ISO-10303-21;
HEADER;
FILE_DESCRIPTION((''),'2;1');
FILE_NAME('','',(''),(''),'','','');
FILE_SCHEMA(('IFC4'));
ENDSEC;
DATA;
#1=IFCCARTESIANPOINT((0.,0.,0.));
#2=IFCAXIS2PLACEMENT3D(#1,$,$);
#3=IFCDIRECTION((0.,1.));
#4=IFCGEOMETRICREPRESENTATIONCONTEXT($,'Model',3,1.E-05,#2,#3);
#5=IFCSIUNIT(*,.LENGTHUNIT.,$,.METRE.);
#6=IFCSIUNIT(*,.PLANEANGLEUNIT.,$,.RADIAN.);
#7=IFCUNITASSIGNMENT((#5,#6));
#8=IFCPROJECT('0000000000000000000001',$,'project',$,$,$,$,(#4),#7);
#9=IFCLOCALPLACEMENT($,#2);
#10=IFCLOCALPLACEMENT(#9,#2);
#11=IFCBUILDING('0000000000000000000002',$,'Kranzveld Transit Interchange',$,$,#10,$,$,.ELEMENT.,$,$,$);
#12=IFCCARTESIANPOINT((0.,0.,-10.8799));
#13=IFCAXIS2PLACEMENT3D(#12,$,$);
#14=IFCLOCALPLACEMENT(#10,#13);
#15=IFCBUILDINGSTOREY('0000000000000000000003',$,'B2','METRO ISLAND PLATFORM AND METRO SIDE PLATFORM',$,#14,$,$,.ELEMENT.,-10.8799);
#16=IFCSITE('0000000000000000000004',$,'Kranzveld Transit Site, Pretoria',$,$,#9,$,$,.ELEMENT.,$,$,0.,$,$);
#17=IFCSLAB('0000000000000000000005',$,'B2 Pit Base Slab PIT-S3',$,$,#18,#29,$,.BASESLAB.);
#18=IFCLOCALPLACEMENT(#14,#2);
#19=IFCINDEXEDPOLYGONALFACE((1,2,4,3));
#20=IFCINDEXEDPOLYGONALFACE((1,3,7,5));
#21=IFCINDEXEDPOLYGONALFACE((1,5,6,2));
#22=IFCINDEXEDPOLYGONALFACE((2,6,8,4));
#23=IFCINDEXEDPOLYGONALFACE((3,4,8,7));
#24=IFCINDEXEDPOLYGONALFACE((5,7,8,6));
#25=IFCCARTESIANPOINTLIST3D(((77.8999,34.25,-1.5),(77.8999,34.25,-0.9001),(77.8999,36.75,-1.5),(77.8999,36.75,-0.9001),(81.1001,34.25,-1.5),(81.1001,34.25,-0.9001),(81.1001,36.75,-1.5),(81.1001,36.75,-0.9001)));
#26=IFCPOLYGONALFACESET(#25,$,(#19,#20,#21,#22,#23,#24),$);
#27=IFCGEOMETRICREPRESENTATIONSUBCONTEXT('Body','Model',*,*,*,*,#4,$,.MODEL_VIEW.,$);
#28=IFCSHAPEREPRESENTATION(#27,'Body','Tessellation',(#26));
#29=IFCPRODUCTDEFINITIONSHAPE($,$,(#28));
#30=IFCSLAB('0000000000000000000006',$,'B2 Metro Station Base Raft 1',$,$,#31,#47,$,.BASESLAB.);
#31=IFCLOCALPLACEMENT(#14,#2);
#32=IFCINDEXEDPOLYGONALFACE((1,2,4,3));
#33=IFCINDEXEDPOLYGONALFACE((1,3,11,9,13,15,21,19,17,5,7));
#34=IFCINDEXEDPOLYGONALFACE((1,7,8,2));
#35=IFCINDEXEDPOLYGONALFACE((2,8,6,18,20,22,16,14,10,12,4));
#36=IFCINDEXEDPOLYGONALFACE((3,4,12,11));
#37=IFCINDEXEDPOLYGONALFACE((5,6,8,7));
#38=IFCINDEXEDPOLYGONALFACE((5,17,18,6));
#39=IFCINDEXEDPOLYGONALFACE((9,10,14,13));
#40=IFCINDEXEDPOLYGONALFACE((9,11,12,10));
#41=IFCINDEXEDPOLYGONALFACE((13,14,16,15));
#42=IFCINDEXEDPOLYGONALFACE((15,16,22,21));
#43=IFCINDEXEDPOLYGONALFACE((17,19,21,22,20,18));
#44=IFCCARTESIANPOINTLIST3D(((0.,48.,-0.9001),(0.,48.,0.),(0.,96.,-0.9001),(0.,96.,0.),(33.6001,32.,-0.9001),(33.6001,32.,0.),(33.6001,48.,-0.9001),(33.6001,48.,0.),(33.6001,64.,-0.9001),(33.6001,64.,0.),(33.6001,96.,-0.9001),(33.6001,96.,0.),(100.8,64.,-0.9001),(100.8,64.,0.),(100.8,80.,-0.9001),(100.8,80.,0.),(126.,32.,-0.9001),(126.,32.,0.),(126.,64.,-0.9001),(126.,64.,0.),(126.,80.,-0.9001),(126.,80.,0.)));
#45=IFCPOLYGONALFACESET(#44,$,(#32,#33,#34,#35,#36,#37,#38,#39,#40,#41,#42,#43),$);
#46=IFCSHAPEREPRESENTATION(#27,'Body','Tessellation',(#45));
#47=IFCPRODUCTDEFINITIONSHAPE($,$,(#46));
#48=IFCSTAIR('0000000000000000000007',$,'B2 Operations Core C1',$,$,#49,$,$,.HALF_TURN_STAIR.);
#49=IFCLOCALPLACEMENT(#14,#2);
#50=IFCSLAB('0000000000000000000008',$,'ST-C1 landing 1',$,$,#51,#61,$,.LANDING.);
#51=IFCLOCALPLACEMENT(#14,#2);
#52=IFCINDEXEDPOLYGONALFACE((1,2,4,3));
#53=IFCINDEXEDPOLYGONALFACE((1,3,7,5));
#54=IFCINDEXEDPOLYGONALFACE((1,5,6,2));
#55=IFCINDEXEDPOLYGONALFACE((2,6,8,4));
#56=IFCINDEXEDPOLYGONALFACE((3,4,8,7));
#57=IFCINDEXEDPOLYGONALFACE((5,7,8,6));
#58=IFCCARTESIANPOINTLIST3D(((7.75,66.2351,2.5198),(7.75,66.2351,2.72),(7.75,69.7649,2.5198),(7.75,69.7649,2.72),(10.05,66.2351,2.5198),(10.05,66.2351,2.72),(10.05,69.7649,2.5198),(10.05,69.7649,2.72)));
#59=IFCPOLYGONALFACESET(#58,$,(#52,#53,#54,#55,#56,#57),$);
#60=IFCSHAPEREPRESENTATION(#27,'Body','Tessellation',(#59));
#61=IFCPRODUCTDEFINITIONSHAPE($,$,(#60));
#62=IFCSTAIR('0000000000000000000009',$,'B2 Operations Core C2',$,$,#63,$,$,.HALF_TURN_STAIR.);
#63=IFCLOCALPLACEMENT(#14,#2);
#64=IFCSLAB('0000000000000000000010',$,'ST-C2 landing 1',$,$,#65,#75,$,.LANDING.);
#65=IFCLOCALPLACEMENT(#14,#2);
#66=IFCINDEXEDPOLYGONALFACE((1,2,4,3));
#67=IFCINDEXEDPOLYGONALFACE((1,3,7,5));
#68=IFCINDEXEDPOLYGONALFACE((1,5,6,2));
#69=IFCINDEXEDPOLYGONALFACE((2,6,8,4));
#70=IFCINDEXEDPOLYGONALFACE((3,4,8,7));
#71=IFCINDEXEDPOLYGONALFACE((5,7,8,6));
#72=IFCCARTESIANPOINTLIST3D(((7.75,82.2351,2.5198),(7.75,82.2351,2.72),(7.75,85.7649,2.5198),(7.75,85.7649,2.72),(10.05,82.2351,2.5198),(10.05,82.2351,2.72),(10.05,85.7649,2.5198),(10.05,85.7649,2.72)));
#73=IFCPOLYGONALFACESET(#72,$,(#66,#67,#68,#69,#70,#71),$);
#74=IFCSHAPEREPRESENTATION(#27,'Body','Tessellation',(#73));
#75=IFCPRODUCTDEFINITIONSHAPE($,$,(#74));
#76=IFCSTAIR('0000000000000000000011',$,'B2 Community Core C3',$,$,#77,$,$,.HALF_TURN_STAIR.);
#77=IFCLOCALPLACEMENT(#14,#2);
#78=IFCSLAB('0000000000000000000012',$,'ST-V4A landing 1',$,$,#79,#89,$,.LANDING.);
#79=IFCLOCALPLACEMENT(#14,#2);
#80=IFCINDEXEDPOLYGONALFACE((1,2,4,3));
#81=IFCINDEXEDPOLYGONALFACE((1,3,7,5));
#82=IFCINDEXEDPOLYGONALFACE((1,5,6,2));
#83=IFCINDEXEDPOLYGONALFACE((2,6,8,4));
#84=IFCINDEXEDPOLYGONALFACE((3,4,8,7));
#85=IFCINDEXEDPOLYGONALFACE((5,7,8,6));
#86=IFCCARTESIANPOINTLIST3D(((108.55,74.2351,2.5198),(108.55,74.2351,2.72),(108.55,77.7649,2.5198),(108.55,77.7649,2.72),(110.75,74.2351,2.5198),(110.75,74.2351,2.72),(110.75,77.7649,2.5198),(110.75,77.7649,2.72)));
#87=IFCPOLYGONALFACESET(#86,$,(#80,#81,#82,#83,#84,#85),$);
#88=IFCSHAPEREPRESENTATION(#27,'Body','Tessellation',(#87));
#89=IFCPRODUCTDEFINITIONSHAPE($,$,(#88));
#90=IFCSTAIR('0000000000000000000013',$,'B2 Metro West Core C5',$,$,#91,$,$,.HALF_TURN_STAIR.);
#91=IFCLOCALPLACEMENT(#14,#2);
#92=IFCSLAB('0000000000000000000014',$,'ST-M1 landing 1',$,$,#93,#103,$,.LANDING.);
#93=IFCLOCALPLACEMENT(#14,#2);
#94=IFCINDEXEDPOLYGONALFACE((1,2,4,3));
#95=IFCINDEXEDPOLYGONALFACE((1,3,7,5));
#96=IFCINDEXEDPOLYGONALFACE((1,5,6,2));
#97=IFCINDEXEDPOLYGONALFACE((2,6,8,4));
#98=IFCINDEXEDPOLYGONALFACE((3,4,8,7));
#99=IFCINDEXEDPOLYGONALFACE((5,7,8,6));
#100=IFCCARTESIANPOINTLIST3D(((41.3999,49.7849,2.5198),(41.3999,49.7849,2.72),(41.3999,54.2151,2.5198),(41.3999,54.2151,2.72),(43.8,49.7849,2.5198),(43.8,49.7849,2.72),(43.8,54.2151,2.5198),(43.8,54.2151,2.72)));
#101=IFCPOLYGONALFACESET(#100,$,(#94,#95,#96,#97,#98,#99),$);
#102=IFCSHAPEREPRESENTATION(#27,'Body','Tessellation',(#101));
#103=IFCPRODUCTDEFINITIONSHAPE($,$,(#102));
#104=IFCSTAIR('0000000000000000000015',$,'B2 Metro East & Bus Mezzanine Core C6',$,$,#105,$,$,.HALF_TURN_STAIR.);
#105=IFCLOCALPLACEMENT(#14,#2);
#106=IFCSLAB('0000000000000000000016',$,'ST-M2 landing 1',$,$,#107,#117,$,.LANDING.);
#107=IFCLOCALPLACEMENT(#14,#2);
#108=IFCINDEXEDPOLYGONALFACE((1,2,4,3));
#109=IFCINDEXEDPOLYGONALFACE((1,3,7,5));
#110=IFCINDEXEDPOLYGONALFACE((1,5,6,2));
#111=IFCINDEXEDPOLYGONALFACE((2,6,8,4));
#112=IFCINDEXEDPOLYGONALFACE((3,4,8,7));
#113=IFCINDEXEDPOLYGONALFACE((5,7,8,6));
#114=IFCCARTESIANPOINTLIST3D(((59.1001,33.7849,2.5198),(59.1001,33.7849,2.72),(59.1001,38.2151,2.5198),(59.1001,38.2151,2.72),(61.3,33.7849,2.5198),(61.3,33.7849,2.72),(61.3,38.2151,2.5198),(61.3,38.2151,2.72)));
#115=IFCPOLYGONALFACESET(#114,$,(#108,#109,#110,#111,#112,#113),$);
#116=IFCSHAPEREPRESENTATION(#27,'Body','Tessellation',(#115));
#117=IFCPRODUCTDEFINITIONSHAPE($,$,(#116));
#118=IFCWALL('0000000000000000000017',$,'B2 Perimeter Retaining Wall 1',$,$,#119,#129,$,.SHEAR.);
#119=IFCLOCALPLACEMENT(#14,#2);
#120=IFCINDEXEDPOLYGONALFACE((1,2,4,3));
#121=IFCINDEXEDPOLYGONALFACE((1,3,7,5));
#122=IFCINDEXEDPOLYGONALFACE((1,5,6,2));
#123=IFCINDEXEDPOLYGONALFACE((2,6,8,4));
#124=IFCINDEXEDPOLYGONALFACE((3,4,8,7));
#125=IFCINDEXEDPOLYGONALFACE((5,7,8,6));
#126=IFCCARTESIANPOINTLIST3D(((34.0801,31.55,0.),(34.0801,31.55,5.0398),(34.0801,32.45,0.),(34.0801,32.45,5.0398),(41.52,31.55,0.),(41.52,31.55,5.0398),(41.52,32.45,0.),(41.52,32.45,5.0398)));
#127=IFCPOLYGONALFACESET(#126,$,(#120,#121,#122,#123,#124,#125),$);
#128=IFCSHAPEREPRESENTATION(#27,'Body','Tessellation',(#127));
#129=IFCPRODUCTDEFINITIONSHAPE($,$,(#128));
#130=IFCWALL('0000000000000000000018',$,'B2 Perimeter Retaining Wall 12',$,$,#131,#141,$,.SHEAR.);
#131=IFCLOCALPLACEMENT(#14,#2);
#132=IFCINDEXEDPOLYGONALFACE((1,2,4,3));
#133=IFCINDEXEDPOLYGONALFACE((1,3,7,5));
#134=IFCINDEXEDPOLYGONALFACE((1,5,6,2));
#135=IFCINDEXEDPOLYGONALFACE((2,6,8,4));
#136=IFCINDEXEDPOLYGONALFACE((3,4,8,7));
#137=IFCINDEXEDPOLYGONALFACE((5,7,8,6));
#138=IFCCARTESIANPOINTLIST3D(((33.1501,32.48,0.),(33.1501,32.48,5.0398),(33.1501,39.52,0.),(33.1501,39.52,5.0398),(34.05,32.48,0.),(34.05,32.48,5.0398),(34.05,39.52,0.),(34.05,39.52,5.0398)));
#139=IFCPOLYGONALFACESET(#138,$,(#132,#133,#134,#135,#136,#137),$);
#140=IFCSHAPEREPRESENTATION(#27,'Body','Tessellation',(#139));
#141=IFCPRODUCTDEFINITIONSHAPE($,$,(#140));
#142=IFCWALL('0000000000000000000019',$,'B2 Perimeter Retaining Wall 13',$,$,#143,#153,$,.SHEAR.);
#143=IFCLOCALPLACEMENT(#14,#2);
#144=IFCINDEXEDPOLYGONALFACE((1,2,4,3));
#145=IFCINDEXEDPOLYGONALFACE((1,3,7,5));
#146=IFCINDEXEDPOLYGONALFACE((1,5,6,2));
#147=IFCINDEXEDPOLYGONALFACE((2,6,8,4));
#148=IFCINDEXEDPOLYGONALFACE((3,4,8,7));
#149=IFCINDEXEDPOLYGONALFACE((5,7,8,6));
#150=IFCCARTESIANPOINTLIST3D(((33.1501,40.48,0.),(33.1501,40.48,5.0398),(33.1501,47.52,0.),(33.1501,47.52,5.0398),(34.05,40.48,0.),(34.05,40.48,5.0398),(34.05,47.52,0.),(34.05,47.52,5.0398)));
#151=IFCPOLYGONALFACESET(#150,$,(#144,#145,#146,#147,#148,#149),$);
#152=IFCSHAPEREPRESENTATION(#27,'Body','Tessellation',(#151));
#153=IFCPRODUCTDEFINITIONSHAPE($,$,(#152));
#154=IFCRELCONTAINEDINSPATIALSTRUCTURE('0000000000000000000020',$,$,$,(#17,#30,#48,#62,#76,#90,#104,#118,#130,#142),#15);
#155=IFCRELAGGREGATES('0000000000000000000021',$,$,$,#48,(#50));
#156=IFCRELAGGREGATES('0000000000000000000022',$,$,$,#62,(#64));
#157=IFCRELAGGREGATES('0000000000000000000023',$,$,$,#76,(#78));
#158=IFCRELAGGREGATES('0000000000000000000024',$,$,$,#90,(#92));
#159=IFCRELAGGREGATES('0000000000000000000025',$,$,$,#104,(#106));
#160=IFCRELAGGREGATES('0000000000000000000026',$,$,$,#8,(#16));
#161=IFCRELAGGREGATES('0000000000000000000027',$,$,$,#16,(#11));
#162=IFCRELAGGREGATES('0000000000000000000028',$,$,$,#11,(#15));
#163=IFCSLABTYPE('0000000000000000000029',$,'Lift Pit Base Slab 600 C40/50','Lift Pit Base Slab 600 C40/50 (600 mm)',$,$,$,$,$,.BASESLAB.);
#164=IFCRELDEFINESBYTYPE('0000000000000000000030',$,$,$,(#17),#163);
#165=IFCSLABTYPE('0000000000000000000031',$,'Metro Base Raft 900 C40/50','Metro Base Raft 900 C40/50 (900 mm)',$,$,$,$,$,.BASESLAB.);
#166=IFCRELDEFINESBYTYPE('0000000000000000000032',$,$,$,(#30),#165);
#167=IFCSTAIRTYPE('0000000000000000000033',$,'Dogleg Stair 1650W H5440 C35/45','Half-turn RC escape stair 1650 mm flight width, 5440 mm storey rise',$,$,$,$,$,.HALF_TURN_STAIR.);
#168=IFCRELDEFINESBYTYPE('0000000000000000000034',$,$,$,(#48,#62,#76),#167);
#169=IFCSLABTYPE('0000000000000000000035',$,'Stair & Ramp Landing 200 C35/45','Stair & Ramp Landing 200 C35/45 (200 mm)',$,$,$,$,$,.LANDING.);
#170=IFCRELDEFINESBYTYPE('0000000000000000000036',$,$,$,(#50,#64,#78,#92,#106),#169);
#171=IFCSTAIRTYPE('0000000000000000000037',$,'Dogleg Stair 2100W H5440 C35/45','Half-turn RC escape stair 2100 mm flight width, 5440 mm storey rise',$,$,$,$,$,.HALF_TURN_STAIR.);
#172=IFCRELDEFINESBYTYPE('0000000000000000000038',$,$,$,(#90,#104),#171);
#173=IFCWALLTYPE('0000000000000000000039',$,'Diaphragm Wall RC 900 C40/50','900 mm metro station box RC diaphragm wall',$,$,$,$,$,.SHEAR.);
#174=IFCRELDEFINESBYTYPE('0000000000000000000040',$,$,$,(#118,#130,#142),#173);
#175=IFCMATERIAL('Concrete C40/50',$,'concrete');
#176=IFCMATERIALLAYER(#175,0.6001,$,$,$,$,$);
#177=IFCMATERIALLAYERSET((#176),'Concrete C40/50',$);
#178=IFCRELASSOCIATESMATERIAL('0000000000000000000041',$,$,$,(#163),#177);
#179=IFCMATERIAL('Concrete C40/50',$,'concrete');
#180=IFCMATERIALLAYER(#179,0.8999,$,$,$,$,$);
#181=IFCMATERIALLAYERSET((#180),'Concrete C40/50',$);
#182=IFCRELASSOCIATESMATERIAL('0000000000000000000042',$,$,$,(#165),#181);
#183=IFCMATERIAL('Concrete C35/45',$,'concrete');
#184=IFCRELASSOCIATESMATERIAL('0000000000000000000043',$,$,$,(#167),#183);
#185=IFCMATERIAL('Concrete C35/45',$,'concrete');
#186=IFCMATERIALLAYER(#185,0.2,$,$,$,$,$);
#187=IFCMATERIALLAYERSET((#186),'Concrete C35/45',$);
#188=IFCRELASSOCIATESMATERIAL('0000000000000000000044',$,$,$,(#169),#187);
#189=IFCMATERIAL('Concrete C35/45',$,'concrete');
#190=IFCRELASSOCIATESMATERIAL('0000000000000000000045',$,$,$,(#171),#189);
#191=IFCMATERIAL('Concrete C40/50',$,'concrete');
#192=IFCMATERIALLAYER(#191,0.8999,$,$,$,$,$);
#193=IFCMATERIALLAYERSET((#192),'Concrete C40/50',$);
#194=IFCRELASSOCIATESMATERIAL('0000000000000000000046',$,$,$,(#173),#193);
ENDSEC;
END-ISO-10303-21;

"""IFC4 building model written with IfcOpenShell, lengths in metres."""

from ifc_helpers import new_model, si_unit, direction, frame, frame_2d, origin, place, context, subcontext, project, spatial, polyline, rectangle, outline, extrude, material, layer, layer_set, type_object, element, aggregate, save


model = new_model("IFC4")

# Units and contexts
model_context = context("Model", 3, precision=1e-05, world=origin(), true_north=direction((0.0, 1.0)))
body_context = subcontext(model_context, "Body", "Model", "MODEL_VIEW")
ifc_project = project(units=[si_unit("LENGTHUNIT", "METRE"), si_unit("PLANEANGLEUNIT", "RADIAN")], contexts=[model_context])

# Site, building, storey
site_placement = place(None, origin())
site = spatial("IfcSite", under=ifc_project, at=site_placement, Name="Kranzveld Transit Site, Pretoria", CompositionType="ELEMENT", RefElevation=0.0)
building_placement = place(site_placement, origin())
building = spatial("IfcBuilding", under=site, at=building_placement, Name="Kranzveld Transit Interchange", CompositionType="ELEMENT")
storey_placement = place(building_placement, frame((0.0, 0.0, -10.8799)))
storey = spatial("IfcBuildingStorey", under=building, at=storey_placement, Name="B2", Description="METRO ISLAND PLATFORM AND METRO SIDE PLATFORM", CompositionType="ELEMENT", Elevation=-10.8799)

# Slabs
ifc_material_1 = material(Name="Concrete C40/50", Category="concrete")
ifc_layer_1 = layer(ifc_material_1, 0.6001)
ifc_layer_set_1 = layer_set([ifc_layer_1], Name="Concrete C40/50")
slab_type_1 = type_object("IfcSlabType", Name="Lift Pit Base Slab 600 C40/50", Description="Lift Pit Base Slab 600 C40/50 (600 mm)", PredefinedType="BASESLAB", material=ifc_layer_set_1)
slab_1_placement = place(storey_placement, frame((0.0, 0.0, -1.5)))
element("IfcSlab", 1, at=slab_1_placement, inside=storey, type_object=slab_type_1, Name="B2 Pit Base Slab PIT-S3", PredefinedType="BASESLAB", context=body_context, shape_type="SweptSolid", body=[
    extrude(outline(polyline([(77.8999, 34.25), (81.1001, 34.25), (81.1001, 36.75), (77.8999, 36.75), (77.8999, 34.25)])), origin(), (0.0, 0.0, 1.0), 0.5999),
])
ifc_material_2 = material(Name="Concrete C40/50", Category="concrete")
ifc_layer_2 = layer(ifc_material_2, 0.8999)
ifc_layer_set_2 = layer_set([ifc_layer_2], Name="Concrete C40/50")
slab_type_2 = type_object("IfcSlabType", Name="Metro Base Raft 900 C40/50", Description="Metro Base Raft 900 C40/50 (900 mm)", PredefinedType="BASESLAB", material=ifc_layer_set_2)
slab_2_placement = place(storey_placement, frame((0.0, 0.0, -0.9001)))
element("IfcSlab", 2, at=slab_2_placement, inside=storey, type_object=slab_type_2, Name="B2 Metro Station Base Raft 1", PredefinedType="BASESLAB", context=body_context, shape_type="SweptSolid", body=[
    extrude(outline(polyline([(126.0, 32.0), (33.6001, 32.0), (33.6001, 48.0), (0.0, 48.0), (0.0, 96.0), (33.6001, 96.0), (33.6001, 64.0), (100.8, 64.0), (100.8, 80.0), (126.0, 80.0), (126.0, 64.0), (126.0, 32.0)])), origin(), (0.0, 0.0, 1.0), 0.9001),
])

# Stairs, slabs
ifc_material_3 = material(Name="Concrete C35/45", Category="concrete")
stair_type_1 = type_object("IfcStairType", Name="Dogleg Stair 1650W H5440 C35/45", Description="Half-turn RC escape stair 1650 mm flight width, 5440 mm storey rise", PredefinedType="HALF_TURN_STAIR", material=ifc_material_3)
stair_1_placement = place(storey_placement, origin())
stair_1 = element("IfcStair", 3, at=stair_1_placement, inside=storey, type_object=stair_type_1, Name="B2 Operations Core C1", PredefinedType="HALF_TURN_STAIR")
ifc_material_4 = material(Name="Concrete C35/45", Category="concrete")
ifc_layer_3 = layer(ifc_material_4, 0.2)
ifc_layer_set_3 = layer_set([ifc_layer_3], Name="Concrete C35/45")
slab_type_3 = type_object("IfcSlabType", Name="Stair & Ramp Landing 200 C35/45", Description="Stair & Ramp Landing 200 C35/45 (200 mm)", PredefinedType="LANDING", material=ifc_layer_set_3)
slab_3_placement = place(storey_placement, frame((0.0, 0.0, 2.5198)))
slab_3 = element("IfcSlab", 4, at=slab_3_placement, type_object=slab_type_3, Name="ST-C1 landing 1", PredefinedType="LANDING", context=body_context, shape_type="SweptSolid", body=[
    extrude(outline(polyline([(7.75, 66.2351), (10.05, 66.2351), (10.05, 69.7649), (7.75, 69.7649), (7.75, 66.2351)])), origin(), (0.0, 0.0, 1.0), 0.2002),
])
aggregate(stair_1, [slab_3])
stair_2_placement = place(storey_placement, origin())
stair_2 = element("IfcStair", 5, at=stair_2_placement, inside=storey, type_object=stair_type_1, Name="B2 Operations Core C2", PredefinedType="HALF_TURN_STAIR")
slab_4_placement = place(storey_placement, frame((0.0, 0.0, 2.5198)))
slab_4 = element("IfcSlab", 6, at=slab_4_placement, type_object=slab_type_3, Name="ST-C2 landing 1", PredefinedType="LANDING", context=body_context, shape_type="SweptSolid", body=[
    extrude(outline(polyline([(7.75, 82.2351), (10.05, 82.2351), (10.05, 85.7649), (7.75, 85.7649), (7.75, 82.2351)])), origin(), (0.0, 0.0, 1.0), 0.2002),
])
aggregate(stair_2, [slab_4])
stair_3_placement = place(storey_placement, origin())
stair_3 = element("IfcStair", 7, at=stair_3_placement, inside=storey, type_object=stair_type_1, Name="B2 Community Core C3", PredefinedType="HALF_TURN_STAIR")
slab_5_placement = place(storey_placement, frame((0.0, 0.0, 2.5198)))
slab_5 = element("IfcSlab", 8, at=slab_5_placement, type_object=slab_type_3, Name="ST-V4A landing 1", PredefinedType="LANDING", context=body_context, shape_type="SweptSolid", body=[
    extrude(outline(polyline([(108.55, 74.2351), (110.75, 74.2351), (110.75, 77.7649), (108.55, 77.7649), (108.55, 74.2351)])), origin(), (0.0, 0.0, 1.0), 0.2002),
])
aggregate(stair_3, [slab_5])
ifc_material_5 = material(Name="Concrete C35/45", Category="concrete")
stair_type_2 = type_object("IfcStairType", Name="Dogleg Stair 2100W H5440 C35/45", Description="Half-turn RC escape stair 2100 mm flight width, 5440 mm storey rise", PredefinedType="HALF_TURN_STAIR", material=ifc_material_5)
stair_4_placement = place(storey_placement, origin())
stair_4 = element("IfcStair", 9, at=stair_4_placement, inside=storey, type_object=stair_type_2, Name="B2 Metro West Core C5", PredefinedType="HALF_TURN_STAIR")
slab_6_placement = place(storey_placement, frame((0.0, 0.0, 2.5198)))
slab_6 = element("IfcSlab", 10, at=slab_6_placement, type_object=slab_type_3, Name="ST-M1 landing 1", PredefinedType="LANDING", context=body_context, shape_type="SweptSolid", body=[
    extrude(outline(polyline([(41.3999, 49.7849), (43.8, 49.7849), (43.8, 54.2151), (41.3999, 54.2151), (41.3999, 49.7849)])), origin(), (0.0, 0.0, 1.0), 0.2002),
])
aggregate(stair_4, [slab_6])
stair_5_placement = place(storey_placement, origin())
stair_5 = element("IfcStair", 11, at=stair_5_placement, inside=storey, type_object=stair_type_2, Name="B2 Metro East & Bus Mezzanine Core C6", PredefinedType="HALF_TURN_STAIR")
slab_7_placement = place(storey_placement, frame((0.0, 0.0, 2.5198)))
slab_7 = element("IfcSlab", 12, at=slab_7_placement, type_object=slab_type_3, Name="ST-M2 landing 1", PredefinedType="LANDING", context=body_context, shape_type="SweptSolid", body=[
    extrude(outline(polyline([(59.1001, 33.7849), (61.3, 33.7849), (61.3, 38.2151), (59.1001, 38.2151), (59.1001, 33.7849)])), origin(), (0.0, 0.0, 1.0), 0.2002),
])
aggregate(stair_5, [slab_7])

# Walls
ifc_material_6 = material(Name="Concrete C40/50", Category="concrete")
ifc_layer_4 = layer(ifc_material_6, 0.8999)
ifc_layer_set_4 = layer_set([ifc_layer_4], Name="Concrete C40/50")
wall_type = type_object("IfcWallType", Name="Diaphragm Wall RC 900 C40/50", Description="900 mm metro station box RC diaphragm wall", PredefinedType="SHEAR", material=ifc_layer_set_4)
wall_placement = place(storey_placement, frame((34.0801, 32.0, 0.0), z_axis=(0.0, 0.0, 1.0), x_axis=(1.0, 0.0, 0.0)))
element("IfcWall", 13, at=wall_placement, inside=storey, type_object=wall_type, Name="B2 Perimeter Retaining Wall 1", PredefinedType="SHEAR", context=body_context, shape_type="SweptSolid", body=[
    extrude(rectangle(XDim=7.4399, YDim=0.8999, at=frame_2d((3.72, 0.0))), origin(), (0.0, 0.0, 1.0), 5.0398),
])
for number, where, z_axis, x_axis, name in (
    (14, (33.6001, 32.48, 0.0), (0.0, 0.0, 1.0), (0.0, 1.0, 0.0), "B2 Perimeter Retaining Wall 12"),
    (15, (33.6001, 40.48, 0.0), (0.0, 0.0, 1.0), (0.0, 1.0, 0.0), "B2 Perimeter Retaining Wall 13"),
):
    element("IfcWall", number, at=place(storey_placement, frame(where, z_axis=z_axis, x_axis=x_axis)), inside=storey, type_object=wall_type, Name=name, PredefinedType="SHEAR", context=body_context, shape_type="SweptSolid", body=[
        extrude(rectangle(XDim=7.04, YDim=0.8999, at=frame_2d((3.52, 0.0))), origin(), (0.0, 0.0, 1.0), 5.0398),
    ])

save(model, "model.ifc")
